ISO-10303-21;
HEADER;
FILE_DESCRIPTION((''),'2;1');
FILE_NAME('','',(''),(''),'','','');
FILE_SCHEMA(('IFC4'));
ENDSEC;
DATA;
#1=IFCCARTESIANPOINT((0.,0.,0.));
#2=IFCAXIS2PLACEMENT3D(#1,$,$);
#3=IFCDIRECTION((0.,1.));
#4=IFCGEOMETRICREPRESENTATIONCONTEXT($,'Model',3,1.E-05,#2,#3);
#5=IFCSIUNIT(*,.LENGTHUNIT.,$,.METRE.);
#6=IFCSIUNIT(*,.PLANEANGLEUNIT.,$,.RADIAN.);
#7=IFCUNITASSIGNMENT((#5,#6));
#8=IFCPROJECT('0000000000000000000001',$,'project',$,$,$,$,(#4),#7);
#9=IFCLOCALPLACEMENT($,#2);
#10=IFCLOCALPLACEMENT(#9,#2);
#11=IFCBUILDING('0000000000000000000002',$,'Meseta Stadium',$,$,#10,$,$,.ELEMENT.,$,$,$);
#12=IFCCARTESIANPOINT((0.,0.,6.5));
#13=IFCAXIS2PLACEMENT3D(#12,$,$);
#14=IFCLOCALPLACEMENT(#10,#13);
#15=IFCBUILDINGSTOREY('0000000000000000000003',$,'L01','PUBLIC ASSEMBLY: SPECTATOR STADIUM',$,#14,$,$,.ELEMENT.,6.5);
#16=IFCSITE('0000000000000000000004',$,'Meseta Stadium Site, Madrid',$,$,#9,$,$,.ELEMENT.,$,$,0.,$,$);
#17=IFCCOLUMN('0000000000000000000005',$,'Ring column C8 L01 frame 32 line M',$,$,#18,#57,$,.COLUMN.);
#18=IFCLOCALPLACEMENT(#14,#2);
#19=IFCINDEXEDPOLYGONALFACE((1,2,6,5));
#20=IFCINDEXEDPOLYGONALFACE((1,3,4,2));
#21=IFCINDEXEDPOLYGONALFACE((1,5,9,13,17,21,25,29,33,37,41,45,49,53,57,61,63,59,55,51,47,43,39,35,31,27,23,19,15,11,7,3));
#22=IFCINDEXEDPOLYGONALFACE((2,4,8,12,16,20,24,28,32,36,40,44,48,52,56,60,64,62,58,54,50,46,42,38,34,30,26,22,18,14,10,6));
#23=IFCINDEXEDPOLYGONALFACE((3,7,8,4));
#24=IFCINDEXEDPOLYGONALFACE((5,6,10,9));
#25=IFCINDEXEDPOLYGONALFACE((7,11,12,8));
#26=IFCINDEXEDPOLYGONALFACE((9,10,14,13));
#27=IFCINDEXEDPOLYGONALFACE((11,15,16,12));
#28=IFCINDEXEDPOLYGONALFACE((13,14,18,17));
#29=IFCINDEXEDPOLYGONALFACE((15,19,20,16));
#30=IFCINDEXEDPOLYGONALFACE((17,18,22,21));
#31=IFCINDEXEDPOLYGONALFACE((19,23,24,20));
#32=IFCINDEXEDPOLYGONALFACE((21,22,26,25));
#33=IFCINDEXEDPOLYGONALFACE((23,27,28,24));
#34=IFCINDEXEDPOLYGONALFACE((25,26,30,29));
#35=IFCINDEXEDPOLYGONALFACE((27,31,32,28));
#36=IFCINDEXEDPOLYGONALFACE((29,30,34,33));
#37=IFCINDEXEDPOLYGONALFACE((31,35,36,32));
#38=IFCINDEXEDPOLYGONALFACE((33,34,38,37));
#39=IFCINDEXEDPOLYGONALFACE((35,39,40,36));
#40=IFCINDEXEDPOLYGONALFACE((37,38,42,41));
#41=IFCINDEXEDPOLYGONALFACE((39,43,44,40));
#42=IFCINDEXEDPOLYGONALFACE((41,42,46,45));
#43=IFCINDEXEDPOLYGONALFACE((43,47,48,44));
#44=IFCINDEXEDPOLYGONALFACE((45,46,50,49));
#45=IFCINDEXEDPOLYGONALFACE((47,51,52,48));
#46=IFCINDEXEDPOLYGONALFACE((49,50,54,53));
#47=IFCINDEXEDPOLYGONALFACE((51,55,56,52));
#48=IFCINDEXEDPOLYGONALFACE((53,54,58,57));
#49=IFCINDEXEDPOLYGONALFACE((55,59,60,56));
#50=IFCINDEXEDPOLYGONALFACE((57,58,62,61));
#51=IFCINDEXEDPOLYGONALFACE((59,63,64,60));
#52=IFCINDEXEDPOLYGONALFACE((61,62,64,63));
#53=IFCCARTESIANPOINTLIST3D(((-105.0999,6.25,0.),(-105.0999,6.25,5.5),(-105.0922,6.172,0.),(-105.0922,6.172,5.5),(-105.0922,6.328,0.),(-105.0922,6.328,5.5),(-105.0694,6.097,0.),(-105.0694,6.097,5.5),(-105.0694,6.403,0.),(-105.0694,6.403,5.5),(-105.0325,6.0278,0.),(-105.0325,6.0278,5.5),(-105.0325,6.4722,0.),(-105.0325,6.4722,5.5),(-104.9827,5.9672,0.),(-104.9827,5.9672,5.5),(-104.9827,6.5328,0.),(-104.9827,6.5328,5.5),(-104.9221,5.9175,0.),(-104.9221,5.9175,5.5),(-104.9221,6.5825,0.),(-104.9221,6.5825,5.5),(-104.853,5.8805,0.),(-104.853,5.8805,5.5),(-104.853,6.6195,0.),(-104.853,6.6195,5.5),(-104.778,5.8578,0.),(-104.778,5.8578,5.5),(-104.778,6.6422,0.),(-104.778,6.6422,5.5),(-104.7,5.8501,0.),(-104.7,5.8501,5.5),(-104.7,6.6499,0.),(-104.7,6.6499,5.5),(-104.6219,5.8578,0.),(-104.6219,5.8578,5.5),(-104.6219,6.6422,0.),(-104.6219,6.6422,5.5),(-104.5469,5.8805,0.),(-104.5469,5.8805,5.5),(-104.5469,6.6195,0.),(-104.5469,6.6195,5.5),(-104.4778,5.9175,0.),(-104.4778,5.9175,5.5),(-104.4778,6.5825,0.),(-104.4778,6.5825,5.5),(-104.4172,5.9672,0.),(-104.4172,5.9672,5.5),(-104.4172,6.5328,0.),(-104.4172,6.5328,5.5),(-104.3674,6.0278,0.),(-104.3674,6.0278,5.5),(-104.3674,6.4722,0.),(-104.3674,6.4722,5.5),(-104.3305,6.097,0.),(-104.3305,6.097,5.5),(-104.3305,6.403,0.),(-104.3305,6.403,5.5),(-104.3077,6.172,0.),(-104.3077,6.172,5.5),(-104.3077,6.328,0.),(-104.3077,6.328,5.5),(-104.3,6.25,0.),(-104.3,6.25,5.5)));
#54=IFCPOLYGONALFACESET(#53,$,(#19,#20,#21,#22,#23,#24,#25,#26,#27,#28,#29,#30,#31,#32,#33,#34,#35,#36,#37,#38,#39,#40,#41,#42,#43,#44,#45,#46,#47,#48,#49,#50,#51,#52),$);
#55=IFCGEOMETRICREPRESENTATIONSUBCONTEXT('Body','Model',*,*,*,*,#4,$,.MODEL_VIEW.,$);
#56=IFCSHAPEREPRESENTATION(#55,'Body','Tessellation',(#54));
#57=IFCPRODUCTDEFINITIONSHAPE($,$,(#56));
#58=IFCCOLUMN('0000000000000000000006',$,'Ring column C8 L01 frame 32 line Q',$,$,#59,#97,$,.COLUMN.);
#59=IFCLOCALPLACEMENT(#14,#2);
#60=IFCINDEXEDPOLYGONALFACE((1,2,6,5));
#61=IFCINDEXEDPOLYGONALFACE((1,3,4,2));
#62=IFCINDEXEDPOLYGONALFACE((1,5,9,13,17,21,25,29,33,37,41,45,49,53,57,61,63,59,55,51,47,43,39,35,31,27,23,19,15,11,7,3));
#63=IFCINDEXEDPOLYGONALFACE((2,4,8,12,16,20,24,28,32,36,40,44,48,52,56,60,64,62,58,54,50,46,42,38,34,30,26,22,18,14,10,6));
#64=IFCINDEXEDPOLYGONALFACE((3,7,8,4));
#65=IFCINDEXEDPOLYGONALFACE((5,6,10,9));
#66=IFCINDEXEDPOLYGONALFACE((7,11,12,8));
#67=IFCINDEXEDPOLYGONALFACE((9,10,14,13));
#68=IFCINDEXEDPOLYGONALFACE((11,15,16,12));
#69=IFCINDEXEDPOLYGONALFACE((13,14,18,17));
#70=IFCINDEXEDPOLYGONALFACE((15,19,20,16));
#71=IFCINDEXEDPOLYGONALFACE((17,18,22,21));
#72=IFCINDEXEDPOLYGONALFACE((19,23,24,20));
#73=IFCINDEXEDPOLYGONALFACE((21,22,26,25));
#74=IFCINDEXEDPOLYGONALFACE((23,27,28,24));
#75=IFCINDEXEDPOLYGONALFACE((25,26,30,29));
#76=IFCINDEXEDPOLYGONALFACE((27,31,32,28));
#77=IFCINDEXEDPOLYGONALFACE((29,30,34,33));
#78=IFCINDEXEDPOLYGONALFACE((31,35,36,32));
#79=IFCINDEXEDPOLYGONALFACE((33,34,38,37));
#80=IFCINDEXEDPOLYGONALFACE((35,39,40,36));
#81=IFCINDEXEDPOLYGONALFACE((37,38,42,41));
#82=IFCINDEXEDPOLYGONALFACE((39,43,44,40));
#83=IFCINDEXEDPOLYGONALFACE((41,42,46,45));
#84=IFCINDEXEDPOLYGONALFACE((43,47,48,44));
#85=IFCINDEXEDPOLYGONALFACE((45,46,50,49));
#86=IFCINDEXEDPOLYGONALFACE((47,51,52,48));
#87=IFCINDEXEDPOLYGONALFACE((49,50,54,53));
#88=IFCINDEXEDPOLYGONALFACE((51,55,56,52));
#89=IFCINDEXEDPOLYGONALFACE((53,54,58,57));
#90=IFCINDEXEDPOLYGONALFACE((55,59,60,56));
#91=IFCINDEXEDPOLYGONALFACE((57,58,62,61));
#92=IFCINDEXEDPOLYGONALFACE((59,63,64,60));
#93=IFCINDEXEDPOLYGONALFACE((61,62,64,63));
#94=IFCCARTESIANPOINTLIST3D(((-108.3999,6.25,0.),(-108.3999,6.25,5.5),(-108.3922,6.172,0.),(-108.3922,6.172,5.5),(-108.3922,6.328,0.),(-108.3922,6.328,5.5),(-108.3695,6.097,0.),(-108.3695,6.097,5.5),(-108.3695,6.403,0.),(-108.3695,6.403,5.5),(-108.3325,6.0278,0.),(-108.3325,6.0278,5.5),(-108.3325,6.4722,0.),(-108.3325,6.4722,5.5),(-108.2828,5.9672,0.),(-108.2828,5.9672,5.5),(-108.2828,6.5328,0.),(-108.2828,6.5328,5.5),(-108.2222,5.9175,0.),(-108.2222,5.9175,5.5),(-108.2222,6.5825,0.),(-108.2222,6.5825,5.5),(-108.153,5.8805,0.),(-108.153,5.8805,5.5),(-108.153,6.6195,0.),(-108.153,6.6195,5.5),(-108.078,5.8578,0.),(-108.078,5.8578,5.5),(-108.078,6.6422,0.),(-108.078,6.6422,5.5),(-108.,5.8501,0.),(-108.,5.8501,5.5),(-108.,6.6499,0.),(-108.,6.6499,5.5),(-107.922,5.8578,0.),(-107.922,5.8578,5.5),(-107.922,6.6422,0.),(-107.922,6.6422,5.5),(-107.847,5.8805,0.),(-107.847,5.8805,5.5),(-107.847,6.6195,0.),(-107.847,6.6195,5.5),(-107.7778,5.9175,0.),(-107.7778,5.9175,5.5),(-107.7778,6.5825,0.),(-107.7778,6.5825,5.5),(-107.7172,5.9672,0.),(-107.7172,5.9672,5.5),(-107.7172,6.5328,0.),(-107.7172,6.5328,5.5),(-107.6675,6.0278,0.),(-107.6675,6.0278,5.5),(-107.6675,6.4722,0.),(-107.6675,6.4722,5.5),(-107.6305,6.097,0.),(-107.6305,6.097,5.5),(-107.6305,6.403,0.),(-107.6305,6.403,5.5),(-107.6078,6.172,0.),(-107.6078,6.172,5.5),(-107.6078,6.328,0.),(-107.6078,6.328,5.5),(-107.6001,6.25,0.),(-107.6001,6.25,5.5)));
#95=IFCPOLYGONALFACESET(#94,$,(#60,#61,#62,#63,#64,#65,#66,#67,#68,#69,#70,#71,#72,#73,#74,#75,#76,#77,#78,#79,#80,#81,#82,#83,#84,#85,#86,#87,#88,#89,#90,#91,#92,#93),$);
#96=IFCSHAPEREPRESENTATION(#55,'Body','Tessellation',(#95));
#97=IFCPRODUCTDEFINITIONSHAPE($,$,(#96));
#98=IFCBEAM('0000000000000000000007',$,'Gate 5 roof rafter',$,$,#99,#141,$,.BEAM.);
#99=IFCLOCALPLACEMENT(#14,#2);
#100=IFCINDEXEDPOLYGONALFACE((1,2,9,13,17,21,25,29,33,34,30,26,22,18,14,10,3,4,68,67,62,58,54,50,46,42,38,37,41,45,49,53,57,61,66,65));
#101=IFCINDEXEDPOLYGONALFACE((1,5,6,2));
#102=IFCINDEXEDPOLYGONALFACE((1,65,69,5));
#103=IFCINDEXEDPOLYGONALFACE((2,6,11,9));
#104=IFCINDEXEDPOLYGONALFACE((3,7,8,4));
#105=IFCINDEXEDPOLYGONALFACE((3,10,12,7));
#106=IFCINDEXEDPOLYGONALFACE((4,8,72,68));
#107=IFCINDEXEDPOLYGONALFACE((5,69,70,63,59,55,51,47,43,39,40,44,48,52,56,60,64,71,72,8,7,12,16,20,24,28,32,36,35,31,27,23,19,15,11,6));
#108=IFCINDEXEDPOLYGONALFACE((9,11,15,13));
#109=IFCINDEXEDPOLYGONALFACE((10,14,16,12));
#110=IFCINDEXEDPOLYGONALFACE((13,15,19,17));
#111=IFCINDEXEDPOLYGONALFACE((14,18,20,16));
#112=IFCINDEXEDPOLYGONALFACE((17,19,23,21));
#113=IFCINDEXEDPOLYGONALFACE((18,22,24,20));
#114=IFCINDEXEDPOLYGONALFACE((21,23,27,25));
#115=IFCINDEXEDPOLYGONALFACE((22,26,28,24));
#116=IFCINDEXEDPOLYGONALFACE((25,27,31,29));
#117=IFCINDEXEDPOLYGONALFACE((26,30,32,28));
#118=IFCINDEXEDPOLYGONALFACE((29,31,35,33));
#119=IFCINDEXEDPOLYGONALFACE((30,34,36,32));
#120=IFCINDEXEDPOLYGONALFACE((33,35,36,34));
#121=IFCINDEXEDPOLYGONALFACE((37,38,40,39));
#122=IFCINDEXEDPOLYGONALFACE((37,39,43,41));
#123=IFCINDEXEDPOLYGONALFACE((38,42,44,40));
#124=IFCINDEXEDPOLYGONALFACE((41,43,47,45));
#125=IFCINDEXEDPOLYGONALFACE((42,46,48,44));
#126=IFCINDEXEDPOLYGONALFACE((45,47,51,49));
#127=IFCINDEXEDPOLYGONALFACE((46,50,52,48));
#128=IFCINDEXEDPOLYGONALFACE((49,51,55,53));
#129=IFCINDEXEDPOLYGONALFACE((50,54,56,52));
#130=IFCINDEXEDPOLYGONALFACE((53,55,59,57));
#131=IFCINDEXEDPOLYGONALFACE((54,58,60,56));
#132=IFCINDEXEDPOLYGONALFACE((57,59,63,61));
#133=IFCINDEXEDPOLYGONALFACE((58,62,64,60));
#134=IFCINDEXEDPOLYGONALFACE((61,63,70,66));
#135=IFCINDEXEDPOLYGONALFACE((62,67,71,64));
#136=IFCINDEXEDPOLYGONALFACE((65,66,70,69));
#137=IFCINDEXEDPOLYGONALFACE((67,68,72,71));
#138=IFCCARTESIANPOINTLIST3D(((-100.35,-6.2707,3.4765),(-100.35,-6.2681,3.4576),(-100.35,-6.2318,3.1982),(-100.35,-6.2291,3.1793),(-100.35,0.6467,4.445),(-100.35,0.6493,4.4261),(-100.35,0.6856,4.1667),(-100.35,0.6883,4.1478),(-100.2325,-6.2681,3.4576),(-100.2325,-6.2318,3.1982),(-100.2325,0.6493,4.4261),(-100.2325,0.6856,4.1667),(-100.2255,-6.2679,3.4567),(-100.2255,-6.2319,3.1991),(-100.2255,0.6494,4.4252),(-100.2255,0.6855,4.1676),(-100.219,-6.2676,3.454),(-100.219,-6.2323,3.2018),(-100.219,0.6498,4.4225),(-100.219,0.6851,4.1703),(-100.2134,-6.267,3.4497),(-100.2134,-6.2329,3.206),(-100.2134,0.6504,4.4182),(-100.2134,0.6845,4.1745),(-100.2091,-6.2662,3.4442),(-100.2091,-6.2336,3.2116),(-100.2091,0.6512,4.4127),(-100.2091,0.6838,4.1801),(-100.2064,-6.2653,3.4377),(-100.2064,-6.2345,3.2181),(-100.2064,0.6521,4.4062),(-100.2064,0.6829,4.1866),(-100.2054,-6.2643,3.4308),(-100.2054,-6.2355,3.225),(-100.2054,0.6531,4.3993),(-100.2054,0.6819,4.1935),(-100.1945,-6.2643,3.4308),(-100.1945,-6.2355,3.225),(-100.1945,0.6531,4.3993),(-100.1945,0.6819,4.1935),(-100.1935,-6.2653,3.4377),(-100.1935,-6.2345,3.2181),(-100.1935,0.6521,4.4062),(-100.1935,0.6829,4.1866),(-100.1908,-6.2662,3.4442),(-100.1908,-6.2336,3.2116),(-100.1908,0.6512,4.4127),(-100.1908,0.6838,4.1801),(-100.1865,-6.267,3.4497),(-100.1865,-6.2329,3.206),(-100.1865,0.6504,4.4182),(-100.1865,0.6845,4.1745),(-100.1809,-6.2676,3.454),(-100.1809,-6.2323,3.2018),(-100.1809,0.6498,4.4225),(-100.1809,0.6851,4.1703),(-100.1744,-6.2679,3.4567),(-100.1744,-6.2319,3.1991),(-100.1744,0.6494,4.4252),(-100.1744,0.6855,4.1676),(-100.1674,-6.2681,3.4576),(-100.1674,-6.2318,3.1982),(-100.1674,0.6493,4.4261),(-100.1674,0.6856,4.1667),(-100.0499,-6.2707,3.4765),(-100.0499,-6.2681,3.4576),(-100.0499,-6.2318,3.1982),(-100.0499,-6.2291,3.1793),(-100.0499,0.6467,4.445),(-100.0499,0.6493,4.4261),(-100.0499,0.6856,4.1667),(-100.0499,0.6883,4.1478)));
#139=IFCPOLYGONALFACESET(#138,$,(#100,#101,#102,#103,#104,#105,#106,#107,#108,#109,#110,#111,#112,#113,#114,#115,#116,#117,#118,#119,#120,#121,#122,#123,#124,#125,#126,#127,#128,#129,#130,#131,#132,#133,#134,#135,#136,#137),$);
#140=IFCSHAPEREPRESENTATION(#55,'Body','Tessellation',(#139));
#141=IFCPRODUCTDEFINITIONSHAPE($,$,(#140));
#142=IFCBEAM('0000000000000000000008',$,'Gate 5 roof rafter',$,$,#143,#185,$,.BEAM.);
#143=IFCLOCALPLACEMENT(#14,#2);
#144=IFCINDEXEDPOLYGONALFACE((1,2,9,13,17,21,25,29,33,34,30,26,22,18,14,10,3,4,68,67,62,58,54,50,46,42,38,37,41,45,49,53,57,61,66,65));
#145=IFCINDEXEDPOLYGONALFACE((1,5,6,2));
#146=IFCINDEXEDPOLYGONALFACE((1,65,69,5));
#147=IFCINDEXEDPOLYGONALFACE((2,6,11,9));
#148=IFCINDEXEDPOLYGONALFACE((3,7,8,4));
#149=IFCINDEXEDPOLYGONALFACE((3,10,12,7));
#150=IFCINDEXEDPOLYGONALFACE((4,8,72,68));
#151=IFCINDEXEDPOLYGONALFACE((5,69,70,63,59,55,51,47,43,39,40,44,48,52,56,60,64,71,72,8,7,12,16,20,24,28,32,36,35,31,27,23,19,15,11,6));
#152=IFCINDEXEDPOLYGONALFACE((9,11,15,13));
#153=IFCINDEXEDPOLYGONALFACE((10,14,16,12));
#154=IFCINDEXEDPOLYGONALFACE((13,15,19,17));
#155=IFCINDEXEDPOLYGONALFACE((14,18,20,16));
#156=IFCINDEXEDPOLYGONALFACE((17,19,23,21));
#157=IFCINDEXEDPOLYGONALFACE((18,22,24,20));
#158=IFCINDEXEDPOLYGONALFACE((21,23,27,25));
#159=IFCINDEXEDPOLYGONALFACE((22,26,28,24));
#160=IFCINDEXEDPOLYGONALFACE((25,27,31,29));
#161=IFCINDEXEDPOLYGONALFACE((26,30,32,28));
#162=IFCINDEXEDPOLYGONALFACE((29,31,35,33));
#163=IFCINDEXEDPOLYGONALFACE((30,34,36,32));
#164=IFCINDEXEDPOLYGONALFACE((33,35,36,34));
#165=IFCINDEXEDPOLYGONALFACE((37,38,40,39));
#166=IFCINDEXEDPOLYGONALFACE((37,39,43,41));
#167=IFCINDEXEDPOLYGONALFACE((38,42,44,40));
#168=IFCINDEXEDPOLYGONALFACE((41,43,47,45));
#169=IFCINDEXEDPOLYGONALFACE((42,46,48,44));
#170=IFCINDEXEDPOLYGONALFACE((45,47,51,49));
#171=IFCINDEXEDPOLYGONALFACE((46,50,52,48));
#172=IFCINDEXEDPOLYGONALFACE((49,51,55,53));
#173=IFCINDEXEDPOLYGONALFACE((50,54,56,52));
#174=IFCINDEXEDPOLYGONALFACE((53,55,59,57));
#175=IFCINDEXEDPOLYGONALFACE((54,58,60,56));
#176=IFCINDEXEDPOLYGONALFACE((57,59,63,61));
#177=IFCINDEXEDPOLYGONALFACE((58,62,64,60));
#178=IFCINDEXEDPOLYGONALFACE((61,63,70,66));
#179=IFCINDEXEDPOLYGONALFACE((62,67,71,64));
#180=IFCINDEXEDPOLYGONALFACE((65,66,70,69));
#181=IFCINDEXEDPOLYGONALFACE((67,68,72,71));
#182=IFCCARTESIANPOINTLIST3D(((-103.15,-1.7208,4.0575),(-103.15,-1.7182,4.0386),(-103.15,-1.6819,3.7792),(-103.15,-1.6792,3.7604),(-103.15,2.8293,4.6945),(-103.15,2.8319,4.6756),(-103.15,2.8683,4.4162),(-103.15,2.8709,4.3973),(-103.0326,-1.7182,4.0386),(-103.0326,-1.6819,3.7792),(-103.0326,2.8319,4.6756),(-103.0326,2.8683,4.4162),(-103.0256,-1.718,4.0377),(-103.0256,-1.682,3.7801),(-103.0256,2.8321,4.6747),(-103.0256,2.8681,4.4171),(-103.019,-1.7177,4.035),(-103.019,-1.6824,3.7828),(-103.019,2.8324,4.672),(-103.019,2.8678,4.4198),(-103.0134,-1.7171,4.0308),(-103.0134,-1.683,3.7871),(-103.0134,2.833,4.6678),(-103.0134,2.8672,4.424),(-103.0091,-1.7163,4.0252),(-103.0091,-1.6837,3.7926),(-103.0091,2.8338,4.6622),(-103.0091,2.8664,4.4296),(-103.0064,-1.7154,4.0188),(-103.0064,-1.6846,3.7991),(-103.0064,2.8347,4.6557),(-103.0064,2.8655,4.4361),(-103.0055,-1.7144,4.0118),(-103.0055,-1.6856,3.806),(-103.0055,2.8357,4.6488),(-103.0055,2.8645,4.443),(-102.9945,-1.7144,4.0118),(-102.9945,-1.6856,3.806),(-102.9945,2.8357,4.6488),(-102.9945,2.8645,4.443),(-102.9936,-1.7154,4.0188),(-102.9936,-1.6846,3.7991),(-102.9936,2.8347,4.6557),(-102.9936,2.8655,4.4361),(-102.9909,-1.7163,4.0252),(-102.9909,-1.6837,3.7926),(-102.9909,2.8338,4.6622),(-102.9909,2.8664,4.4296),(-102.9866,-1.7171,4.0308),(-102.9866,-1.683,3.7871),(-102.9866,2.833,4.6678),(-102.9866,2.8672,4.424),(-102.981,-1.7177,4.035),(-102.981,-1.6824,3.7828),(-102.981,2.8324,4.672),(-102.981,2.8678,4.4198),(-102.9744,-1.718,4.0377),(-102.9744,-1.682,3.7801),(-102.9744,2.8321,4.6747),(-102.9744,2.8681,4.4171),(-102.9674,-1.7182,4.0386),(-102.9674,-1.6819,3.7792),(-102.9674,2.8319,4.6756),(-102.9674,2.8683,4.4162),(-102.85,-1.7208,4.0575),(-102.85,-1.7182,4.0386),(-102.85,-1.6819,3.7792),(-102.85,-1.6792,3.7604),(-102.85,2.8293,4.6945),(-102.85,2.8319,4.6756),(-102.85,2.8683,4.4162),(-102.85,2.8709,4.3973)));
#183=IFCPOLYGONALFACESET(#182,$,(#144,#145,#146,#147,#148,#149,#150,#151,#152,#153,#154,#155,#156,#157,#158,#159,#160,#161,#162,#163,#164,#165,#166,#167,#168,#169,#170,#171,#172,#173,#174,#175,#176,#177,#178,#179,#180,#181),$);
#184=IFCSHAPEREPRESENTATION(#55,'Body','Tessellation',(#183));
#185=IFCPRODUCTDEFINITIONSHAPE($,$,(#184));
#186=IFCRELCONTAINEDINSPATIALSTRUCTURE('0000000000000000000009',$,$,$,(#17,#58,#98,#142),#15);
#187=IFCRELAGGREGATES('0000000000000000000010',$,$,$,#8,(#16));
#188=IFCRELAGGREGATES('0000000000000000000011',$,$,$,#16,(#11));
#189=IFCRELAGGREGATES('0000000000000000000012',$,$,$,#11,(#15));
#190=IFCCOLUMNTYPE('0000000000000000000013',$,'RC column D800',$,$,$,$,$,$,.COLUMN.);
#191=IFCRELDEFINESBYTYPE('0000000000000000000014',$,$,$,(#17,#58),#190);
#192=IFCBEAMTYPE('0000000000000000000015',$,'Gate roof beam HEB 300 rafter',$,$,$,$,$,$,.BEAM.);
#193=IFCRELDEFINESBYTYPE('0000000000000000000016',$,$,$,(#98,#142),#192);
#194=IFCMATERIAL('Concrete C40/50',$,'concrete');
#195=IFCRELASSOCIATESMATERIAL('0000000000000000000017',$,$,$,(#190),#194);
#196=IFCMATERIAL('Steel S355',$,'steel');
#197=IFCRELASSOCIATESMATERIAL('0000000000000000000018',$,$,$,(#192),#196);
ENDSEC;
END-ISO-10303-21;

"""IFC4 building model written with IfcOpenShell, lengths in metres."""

from ifc_helpers import new_model, si_unit, direction, frame, origin, origin_2d, place, context, subcontext, project, spatial, circle, i_section, extrude, material, material_profile, profile_set, type_object, element, save


model = new_model("IFC4")

# Units and contexts
model_context = context("Model", 3, precision=1e-05, world=origin(), true_north=direction((0.0, 1.0)))
body_context = subcontext(model_context, "Body", "Model", "MODEL_VIEW")
ifc_project = project(units=[si_unit("LENGTHUNIT", "METRE"), si_unit("PLANEANGLEUNIT", "RADIAN")], contexts=[model_context])

# Site, building, storey
site_placement = place(None, origin())
site = spatial("IfcSite", under=ifc_project, at=site_placement, Name="Meseta Stadium Site, Madrid", CompositionType="ELEMENT", RefElevation=0.0)
building_placement = place(site_placement, origin())
building = spatial("IfcBuilding", under=site, at=building_placement, Name="Meseta Stadium", CompositionType="ELEMENT")
storey_placement = place(building_placement, frame((0.0, 0.0, 6.5)))
storey = spatial("IfcBuildingStorey", under=building, at=storey_placement, Name="L01", Description="PUBLIC ASSEMBLY: SPECTATOR STADIUM", CompositionType="ELEMENT", Elevation=6.5)

# Columns
ifc_material_1 = material(Name="Concrete C40/50", Category="concrete")
ifc_material_profile_1 = material_profile(ifc_material_1, circle(Radius=0.3999, at=origin_2d()), Name="RC D800")
ifc_profile_set_1 = profile_set([ifc_material_profile_1], Name="Concrete C40/50")
column_type_1 = type_object("IfcColumnType", Name="RC column D800", PredefinedType="COLUMN", material=ifc_profile_set_1)
for number, where, z_axis, x_axis, name in (
    (1, (-104.7, 6.25, 0.0), (0.0, 0.0, 1.0), (1.0, 0.0, 0.0), "Ring column C8 L01 frame 32 line M"),
    (2, (-108.0, 6.25, 0.0), (0.0, 0.0, 1.0), (1.0, 0.0, 0.0), "Ring column C8 L01 frame 32 line Q"),
):
    element("IfcColumn", number, at=place(storey_placement, frame(where, z_axis=z_axis, x_axis=x_axis)), inside=storey, type_object=column_type_1, Name=name, PredefinedType="COLUMN", context=body_context, shape_type="SweptSolid", body=[
        extrude(circle(Radius=0.3999, at=origin_2d()), origin(), (0.0, 0.0, 1.0), 5.5),
    ])

# Beams
ifc_material_2 = material(Name="Steel S355", Category="steel")
ifc_material_profile_2 = material_profile(ifc_material_2, i_section(OverallWidth=0.3, OverallDepth=0.3, WebThickness=0.011, FlangeThickness=0.019, FilletRadius=0.0271, at=origin_2d()), Name="HEB 300")
ifc_profile_set_2 = profile_set([ifc_material_profile_2], Name="Steel S355")
beam_type_1 = type_object("IfcBeamType", Name="Gate roof beam HEB 300 rafter", PredefinedType="BEAM", material=ifc_profile_set_2)
beam_1_placement = place(storey_placement, frame((-100.2, 0.6675, 4.2964), z_axis=(0.0, -0.990341, -0.138656), x_axis=(1.0, 0.0, 0.0)))
element("IfcBeam", 3, at=beam_1_placement, inside=storey, type_object=beam_type_1, Name="Gate 5 roof rafter", PredefinedType="BEAM", context=body_context, shape_type="SweptSolid", body=[
    extrude(i_section(OverallWidth=0.3, OverallDepth=0.3, WebThickness=0.011, FlangeThickness=0.019, FilletRadius=0.0271, at=origin_2d()), origin(), (0.0, 0.0, 1.0), 6.9849),
])
for number, where, z_axis, x_axis, name in (
    (4, (-103.0, 2.8501, 4.5459), (0.0, -0.990343, -0.138638), (1.0, 0.0, 0.0), "Gate 5 roof rafter"),
):
    element("IfcBeam", number, at=place(storey_placement, frame(where, z_axis=z_axis, x_axis=x_axis)), inside=storey, type_object=beam_type_1, Name=name, PredefinedType="BEAM", context=body_context, shape_type="SweptSolid", body=[
        extrude(i_section(OverallWidth=0.3, OverallDepth=0.3, WebThickness=0.011, FlangeThickness=0.019, FilletRadius=0.0271, at=origin_2d()), origin(), (0.0, 0.0, 1.0), 4.5945),
    ])

save(model, "model.ifc")
